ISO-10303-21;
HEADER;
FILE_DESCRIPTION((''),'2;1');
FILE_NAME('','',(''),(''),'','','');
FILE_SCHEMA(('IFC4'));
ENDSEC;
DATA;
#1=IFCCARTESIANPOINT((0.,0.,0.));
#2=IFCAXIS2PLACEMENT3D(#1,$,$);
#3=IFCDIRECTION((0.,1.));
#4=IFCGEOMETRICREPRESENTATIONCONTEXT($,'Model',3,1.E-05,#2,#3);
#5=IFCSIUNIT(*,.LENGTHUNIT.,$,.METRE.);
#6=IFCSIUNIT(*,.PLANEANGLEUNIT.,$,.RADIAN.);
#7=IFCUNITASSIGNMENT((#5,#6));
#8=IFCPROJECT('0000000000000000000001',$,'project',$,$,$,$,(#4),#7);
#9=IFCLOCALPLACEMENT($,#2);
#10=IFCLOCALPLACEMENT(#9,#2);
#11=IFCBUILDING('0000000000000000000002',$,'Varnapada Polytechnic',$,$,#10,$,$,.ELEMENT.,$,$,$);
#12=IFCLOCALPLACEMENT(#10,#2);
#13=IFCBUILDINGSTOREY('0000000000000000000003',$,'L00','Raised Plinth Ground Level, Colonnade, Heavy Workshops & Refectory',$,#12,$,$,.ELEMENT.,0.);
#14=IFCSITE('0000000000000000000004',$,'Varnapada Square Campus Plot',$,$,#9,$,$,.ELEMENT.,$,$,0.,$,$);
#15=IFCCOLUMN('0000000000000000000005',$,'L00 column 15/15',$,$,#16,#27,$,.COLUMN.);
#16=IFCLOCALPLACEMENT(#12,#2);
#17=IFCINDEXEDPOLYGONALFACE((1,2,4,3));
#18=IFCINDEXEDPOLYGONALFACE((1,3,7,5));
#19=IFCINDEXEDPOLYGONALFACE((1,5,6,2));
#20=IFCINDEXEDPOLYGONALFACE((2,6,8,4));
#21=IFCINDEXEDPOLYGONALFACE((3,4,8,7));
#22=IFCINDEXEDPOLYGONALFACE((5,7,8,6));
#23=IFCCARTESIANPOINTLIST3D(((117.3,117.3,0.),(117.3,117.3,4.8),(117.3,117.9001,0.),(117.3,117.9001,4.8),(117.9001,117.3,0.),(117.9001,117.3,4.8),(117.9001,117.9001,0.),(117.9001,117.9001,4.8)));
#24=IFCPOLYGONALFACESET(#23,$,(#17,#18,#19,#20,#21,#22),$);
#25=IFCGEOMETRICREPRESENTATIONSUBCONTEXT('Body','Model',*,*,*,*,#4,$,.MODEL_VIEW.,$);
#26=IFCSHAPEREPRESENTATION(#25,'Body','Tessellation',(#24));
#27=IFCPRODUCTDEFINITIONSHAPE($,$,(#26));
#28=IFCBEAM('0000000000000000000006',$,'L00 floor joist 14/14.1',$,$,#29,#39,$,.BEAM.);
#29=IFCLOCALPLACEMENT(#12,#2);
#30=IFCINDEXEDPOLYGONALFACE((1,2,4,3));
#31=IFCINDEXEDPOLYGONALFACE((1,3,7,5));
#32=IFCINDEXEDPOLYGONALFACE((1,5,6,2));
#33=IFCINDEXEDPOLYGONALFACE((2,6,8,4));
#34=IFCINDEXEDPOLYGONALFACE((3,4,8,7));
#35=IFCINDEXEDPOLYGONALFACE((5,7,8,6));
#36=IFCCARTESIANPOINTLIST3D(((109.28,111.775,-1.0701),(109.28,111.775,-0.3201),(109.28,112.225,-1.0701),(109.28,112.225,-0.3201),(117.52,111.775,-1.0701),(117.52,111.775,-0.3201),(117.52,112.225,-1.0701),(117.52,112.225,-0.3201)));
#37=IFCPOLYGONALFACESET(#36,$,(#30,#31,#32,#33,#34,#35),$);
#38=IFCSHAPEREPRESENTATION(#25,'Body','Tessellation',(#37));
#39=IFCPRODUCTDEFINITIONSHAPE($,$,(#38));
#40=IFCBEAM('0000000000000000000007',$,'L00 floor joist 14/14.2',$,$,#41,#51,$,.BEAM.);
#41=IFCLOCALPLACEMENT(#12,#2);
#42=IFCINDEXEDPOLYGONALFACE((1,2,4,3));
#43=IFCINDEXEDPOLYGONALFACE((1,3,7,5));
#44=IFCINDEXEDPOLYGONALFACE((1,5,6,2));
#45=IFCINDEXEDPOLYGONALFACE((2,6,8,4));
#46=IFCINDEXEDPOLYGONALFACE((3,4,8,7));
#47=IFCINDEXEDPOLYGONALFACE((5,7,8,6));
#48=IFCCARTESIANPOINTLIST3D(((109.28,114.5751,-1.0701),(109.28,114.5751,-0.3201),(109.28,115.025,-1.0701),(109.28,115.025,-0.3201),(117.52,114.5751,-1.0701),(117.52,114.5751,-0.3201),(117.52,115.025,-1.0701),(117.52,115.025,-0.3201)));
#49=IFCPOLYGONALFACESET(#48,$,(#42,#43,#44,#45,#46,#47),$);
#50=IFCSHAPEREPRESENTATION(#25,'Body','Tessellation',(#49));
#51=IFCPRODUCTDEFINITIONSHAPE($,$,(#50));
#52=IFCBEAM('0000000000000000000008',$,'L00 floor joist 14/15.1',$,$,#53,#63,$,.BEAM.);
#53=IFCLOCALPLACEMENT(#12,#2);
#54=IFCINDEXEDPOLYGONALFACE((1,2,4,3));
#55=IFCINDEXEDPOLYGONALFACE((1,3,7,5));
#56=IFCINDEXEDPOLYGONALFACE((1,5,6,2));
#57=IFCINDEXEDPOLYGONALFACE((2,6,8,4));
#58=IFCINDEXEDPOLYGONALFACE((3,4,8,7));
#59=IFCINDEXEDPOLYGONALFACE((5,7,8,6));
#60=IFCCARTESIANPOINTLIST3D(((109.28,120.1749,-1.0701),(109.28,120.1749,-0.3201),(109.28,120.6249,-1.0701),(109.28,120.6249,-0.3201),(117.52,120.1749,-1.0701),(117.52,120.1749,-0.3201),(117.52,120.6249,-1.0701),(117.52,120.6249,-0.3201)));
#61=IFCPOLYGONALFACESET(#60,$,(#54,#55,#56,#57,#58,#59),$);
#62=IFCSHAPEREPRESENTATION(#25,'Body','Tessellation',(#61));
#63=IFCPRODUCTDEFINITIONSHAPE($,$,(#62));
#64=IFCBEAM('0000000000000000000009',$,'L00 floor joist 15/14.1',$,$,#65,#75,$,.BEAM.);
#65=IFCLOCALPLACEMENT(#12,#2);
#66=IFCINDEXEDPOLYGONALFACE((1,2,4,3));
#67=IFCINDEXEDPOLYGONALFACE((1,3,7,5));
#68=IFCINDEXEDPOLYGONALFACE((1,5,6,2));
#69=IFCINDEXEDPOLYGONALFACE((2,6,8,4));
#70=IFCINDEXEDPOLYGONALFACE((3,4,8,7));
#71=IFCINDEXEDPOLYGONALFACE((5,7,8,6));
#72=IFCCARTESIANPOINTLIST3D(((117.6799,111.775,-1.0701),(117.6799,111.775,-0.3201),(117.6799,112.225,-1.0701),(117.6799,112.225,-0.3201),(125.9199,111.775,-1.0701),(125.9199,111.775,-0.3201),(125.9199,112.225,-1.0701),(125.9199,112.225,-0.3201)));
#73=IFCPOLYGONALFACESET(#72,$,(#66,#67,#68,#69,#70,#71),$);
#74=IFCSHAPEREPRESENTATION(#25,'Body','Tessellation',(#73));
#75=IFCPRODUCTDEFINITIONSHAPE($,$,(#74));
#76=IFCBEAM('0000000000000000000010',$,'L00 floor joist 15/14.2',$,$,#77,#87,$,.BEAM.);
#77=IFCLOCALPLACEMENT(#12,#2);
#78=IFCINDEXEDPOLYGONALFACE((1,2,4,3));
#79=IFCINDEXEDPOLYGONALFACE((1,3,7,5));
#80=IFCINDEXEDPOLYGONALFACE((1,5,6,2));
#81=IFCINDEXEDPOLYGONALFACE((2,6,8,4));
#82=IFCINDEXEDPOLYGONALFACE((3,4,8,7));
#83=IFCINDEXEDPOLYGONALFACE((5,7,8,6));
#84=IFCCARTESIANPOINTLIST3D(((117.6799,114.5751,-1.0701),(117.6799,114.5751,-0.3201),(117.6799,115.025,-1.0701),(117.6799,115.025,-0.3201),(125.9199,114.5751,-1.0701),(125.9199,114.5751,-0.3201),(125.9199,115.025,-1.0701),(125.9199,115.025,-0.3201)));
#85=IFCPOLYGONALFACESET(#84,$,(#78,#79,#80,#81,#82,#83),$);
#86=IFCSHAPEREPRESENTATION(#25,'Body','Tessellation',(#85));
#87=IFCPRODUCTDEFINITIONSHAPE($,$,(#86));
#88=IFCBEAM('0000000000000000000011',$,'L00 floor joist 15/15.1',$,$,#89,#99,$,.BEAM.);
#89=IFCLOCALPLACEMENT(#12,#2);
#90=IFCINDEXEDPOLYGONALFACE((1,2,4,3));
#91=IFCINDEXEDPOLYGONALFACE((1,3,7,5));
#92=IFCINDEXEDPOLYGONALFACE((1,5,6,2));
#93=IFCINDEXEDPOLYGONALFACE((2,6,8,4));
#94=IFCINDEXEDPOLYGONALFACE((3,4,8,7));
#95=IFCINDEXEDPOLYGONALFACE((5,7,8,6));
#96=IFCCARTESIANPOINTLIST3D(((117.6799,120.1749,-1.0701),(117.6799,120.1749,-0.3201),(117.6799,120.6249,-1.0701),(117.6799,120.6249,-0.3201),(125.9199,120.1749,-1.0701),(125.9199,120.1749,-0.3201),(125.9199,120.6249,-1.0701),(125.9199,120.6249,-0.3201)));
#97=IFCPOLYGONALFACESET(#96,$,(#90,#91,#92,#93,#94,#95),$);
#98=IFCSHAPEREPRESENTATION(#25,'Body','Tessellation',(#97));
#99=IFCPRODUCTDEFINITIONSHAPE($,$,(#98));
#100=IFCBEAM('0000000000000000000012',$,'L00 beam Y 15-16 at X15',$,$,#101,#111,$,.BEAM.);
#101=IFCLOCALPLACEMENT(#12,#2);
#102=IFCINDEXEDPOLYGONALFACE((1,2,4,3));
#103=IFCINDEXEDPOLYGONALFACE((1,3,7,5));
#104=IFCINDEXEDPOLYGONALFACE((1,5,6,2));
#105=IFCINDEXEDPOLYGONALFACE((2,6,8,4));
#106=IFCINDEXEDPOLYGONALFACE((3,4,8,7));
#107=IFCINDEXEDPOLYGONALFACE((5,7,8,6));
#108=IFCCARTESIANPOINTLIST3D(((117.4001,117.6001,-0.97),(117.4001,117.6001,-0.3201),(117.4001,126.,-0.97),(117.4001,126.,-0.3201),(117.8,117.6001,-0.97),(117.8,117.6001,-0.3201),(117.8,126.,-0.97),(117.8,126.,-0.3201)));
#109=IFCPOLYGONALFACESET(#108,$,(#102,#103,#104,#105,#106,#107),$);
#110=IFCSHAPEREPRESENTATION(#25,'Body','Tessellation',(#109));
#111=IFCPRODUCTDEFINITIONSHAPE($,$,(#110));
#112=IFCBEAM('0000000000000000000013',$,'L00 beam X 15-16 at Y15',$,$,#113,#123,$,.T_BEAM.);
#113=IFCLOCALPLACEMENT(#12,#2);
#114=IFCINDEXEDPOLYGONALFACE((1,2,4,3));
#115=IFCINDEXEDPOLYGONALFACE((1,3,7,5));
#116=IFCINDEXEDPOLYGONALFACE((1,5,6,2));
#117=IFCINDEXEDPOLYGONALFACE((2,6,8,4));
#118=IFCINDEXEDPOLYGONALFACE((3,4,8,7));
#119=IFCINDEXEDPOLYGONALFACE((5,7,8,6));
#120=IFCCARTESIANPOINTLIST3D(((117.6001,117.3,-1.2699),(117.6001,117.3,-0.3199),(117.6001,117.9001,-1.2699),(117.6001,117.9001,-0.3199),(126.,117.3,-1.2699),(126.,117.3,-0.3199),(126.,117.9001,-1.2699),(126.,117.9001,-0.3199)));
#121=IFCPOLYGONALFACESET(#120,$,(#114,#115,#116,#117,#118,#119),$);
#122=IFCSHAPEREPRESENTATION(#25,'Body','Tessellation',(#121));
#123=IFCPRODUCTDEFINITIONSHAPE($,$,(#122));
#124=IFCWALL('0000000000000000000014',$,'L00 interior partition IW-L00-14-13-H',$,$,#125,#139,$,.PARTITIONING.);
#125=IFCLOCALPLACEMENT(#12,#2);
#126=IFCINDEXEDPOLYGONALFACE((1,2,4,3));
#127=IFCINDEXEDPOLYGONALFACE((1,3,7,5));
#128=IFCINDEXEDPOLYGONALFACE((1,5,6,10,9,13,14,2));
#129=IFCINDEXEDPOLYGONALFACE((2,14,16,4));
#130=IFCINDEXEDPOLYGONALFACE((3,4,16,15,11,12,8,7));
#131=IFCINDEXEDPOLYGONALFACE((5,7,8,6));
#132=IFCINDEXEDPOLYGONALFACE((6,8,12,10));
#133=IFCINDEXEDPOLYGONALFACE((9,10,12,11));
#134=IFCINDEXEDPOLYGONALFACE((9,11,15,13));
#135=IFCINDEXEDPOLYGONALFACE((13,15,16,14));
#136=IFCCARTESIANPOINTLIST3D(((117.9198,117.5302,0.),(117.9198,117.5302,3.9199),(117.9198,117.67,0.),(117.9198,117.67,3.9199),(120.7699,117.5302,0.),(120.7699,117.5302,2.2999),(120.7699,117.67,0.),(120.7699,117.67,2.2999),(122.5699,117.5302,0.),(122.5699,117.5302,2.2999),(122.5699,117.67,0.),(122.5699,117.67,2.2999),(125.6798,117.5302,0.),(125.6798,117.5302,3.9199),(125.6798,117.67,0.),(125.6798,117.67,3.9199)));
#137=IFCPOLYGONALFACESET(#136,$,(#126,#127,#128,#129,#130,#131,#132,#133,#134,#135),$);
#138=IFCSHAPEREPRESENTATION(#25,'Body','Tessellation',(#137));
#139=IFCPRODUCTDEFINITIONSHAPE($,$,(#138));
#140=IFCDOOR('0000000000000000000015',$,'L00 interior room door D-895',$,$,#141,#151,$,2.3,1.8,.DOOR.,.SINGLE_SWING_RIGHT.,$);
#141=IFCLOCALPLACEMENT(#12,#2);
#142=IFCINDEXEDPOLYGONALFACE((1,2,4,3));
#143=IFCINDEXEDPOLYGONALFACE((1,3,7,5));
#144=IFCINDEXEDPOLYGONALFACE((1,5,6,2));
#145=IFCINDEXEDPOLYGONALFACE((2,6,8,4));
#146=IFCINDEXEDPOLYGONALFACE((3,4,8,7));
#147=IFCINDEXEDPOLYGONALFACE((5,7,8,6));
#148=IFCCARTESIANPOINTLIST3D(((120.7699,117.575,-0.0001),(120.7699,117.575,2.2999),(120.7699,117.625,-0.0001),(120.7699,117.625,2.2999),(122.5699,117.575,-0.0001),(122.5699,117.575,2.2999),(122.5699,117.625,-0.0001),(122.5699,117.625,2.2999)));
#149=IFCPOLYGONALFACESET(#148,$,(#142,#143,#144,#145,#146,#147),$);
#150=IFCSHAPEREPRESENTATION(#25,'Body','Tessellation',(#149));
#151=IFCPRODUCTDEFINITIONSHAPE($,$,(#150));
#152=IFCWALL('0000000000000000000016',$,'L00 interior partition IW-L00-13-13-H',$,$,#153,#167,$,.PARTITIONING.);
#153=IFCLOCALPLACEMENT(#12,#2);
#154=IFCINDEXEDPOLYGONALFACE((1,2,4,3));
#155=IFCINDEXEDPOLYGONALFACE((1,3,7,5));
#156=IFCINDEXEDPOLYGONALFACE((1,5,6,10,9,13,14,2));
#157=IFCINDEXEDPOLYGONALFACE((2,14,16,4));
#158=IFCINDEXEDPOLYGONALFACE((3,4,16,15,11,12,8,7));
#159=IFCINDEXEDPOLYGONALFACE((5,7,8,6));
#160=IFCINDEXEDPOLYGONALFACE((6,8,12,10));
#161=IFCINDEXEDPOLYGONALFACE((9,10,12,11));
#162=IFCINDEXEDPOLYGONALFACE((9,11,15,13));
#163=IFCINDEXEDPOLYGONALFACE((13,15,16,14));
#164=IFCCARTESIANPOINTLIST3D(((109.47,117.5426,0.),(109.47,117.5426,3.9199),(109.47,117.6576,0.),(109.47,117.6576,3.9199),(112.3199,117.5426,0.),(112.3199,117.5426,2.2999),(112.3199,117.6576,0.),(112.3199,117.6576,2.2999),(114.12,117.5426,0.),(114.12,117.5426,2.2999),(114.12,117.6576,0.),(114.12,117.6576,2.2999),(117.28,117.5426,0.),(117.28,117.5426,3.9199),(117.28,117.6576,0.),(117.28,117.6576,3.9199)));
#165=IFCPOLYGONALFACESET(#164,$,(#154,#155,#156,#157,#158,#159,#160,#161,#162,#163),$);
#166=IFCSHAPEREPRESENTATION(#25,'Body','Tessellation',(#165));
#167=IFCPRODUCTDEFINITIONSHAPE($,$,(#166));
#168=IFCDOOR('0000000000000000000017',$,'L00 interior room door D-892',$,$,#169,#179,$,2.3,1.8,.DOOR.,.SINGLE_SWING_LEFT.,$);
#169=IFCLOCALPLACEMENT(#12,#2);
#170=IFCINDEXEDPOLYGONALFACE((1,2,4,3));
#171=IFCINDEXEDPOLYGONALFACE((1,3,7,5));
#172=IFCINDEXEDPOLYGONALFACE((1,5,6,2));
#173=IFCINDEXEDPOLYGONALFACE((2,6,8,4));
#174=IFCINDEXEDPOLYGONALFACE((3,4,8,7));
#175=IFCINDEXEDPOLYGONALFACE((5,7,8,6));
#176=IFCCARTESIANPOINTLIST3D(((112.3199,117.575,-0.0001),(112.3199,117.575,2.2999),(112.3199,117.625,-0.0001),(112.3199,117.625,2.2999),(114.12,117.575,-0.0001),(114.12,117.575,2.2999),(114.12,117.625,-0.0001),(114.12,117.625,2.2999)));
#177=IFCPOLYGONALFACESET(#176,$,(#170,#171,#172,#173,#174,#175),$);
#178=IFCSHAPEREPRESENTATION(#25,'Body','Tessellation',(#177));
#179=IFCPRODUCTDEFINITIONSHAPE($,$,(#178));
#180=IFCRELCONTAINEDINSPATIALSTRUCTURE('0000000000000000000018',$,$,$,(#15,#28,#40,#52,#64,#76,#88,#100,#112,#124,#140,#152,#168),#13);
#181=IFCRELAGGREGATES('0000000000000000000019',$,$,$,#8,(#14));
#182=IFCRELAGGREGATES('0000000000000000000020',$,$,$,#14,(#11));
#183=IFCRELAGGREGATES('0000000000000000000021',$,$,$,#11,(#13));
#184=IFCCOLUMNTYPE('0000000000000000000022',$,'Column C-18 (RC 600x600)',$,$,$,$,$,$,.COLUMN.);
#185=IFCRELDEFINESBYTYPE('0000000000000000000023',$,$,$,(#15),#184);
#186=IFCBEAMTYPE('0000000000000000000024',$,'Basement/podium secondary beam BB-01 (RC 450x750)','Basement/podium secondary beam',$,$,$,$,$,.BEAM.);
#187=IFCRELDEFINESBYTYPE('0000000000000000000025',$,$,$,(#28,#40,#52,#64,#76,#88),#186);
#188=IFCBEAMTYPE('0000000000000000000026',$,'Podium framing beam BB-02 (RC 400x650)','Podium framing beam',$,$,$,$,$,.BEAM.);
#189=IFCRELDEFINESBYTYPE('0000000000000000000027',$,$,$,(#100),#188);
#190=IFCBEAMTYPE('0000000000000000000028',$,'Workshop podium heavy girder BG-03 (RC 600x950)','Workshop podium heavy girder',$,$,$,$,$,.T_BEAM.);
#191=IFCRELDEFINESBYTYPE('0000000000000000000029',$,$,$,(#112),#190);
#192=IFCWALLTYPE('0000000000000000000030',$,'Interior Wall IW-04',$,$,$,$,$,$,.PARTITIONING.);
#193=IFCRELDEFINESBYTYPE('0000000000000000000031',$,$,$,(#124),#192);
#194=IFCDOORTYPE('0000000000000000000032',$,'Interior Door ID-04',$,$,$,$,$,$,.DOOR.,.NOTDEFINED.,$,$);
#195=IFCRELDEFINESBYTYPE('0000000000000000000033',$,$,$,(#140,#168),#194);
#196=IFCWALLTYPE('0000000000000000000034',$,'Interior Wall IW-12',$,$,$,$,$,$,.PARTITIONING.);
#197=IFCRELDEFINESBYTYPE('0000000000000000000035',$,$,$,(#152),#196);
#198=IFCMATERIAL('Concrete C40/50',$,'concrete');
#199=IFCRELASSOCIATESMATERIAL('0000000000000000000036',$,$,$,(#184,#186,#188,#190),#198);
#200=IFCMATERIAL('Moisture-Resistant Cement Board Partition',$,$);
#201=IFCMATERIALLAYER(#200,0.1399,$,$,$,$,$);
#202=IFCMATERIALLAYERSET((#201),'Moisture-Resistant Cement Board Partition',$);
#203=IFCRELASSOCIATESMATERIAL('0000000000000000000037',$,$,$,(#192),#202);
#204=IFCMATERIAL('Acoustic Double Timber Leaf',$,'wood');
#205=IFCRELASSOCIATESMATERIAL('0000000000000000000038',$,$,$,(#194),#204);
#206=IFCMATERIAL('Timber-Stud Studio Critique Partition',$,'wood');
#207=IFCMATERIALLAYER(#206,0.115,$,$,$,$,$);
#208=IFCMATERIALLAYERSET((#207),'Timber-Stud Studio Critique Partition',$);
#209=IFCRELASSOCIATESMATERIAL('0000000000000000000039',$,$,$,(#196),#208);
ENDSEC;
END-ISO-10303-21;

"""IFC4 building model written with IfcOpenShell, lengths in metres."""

from ifc_helpers import new_model, si_unit, direction, frame, frame_2d, origin, origin_2d, place, context, subcontext, project, spatial, rectangle, extrude, material, layer, layer_set, material_profile, profile_set, type_object, element, fill, save


model = new_model("IFC4")

# Units and contexts
model_context = context("Model", 3, precision=1e-05, world=origin(), true_north=direction((0.0, 1.0)))
body_context = subcontext(model_context, "Body", "Model", "MODEL_VIEW")
ifc_project = project(units=[si_unit("LENGTHUNIT", "METRE"), si_unit("PLANEANGLEUNIT", "RADIAN")], contexts=[model_context])

# Site, building, storey
site_placement = place(None, origin())
site = spatial("IfcSite", under=ifc_project, at=site_placement, Name="Varnapada Square Campus Plot", CompositionType="ELEMENT", RefElevation=0.0)
building_placement = place(site_placement, origin())
building = spatial("IfcBuilding", under=site, at=building_placement, Name="Varnapada Polytechnic", CompositionType="ELEMENT")
storey_placement = place(building_placement, origin())
storey = spatial("IfcBuildingStorey", under=building, at=storey_placement, Name="L00", Description="Raised Plinth Ground Level, Colonnade, Heavy Workshops & Refectory", CompositionType="ELEMENT", Elevation=0.0)

# Column
ifc_material_1 = material(Name="Concrete C40/50", Category="concrete")
ifc_material_profile_1 = material_profile(ifc_material_1, rectangle(XDim=0.6001, YDim=0.6001, at=origin_2d()), Name="RC 600x600")
ifc_profile_set_1 = profile_set([ifc_material_profile_1], Name="Concrete C40/50")
column_type = type_object("IfcColumnType", Name="Column C-18 (RC 600x600)", PredefinedType="COLUMN", material=ifc_profile_set_1)
column_placement = place(storey_placement, frame((117.6001, 117.6001, 0.0), z_axis=(0.0, 0.0, 1.0), x_axis=(1.0, 0.0, 0.0)))
element("IfcColumn", 1, at=column_placement, inside=storey, type_object=column_type, Name="L00 column 15/15", PredefinedType="COLUMN", context=body_context, shape_type="SweptSolid", body=[
    extrude(rectangle(XDim=0.6001, YDim=0.6001, at=origin_2d()), origin(), (0.0, 0.0, 1.0), 4.8),
])

# Beams
ifc_material_profile_2 = material_profile(ifc_material_1, rectangle(XDim=0.45, YDim=0.75, at=origin_2d()), Name="RC 450x750")
ifc_profile_set_2 = profile_set([ifc_material_profile_2], Name="Concrete C40/50")
beam_type_1 = type_object("IfcBeamType", Name="Basement/podium secondary beam BB-01 (RC 450x750)", Description="Basement/podium secondary beam", PredefinedType="BEAM", material=ifc_profile_set_2)
for number, where, z_axis, x_axis, name in (
    (2, (109.28, 112.0, -0.6951), (1.0, 0.0, 0.0), (0.0, 1.0, 0.0), "L00 floor joist 14/14.1"),
    (3, (109.28, 114.8, -0.6951), (1.0, 0.0, 0.0), (0.0, 1.0, 0.0), "L00 floor joist 14/14.2"),
    (4, (109.28, 120.3999, -0.6951), (1.0, 0.0, 0.0), (0.0, 1.0, 0.0), "L00 floor joist 14/15.1"),
    (5, (117.6799, 112.0, -0.6951), (1.0, 0.0, 0.0), (0.0, 1.0, 0.0), "L00 floor joist 15/14.1"),
    (6, (117.6799, 114.8, -0.6951), (1.0, 0.0, 0.0), (0.0, 1.0, 0.0), "L00 floor joist 15/14.2"),
    (7, (117.6799, 120.3999, -0.6951), (1.0, 0.0, 0.0), (0.0, 1.0, 0.0), "L00 floor joist 15/15.1"),
):
    element("IfcBeam", number, at=place(storey_placement, frame(where, z_axis=z_axis, x_axis=x_axis)), inside=storey, type_object=beam_type_1, Name=name, PredefinedType="BEAM", context=body_context, shape_type="SweptSolid", body=[
        extrude(rectangle(XDim=0.45, YDim=0.75, at=origin_2d()), origin(), (0.0, 0.0, 1.0), 8.24),
    ])
ifc_material_profile_3 = material_profile(ifc_material_1, rectangle(XDim=0.3999, YDim=0.6499, at=origin_2d()), Name="RC 400x650")
ifc_profile_set_3 = profile_set([ifc_material_profile_3], Name="Concrete C40/50")
beam_type_2 = type_object("IfcBeamType", Name="Podium framing beam BB-02 (RC 400x650)", Description="Podium framing beam", PredefinedType="BEAM", material=ifc_profile_set_3)
beam_1_placement = place(storey_placement, frame((117.6001, 117.6001, -0.645), z_axis=(0.0, 1.0, 0.0), x_axis=(-1.0, 0.0, 0.0)))
element("IfcBeam", 8, at=beam_1_placement, inside=storey, type_object=beam_type_2, Name="L00 beam Y 15-16 at X15", PredefinedType="BEAM", context=body_context, shape_type="SweptSolid", body=[
    extrude(rectangle(XDim=0.3999, YDim=0.6499, at=origin_2d()), origin(), (0.0, 0.0, 1.0), 8.3999),
])
ifc_material_profile_4 = material_profile(ifc_material_1, rectangle(XDim=0.6001, YDim=0.95, at=origin_2d()), Name="RC 600x950")
ifc_profile_set_4 = profile_set([ifc_material_profile_4], Name="Concrete C40/50")
beam_type_3 = type_object("IfcBeamType", Name="Workshop podium heavy girder BG-03 (RC 600x950)", Description="Workshop podium heavy girder", PredefinedType="T_BEAM", material=ifc_profile_set_4)
beam_2_placement = place(storey_placement, frame((117.6001, 117.6001, -0.7949), z_axis=(1.0, 0.0, 0.0), x_axis=(0.0, 1.0, 0.0)))
element("IfcBeam", 9, at=beam_2_placement, inside=storey, type_object=beam_type_3, Name="L00 beam X 15-16 at Y15", PredefinedType="T_BEAM", context=body_context, shape_type="SweptSolid", body=[
    extrude(rectangle(XDim=0.6001, YDim=0.95, at=origin_2d()), origin(), (0.0, 0.0, 1.0), 8.3999),
])

# Walls, openings, doors
ifc_material_2 = material(Name="Moisture-Resistant Cement Board Partition")
ifc_layer_1 = layer(ifc_material_2, 0.1399)
ifc_layer_set_1 = layer_set([ifc_layer_1], Name="Moisture-Resistant Cement Board Partition")
wall_type_1 = type_object("IfcWallType", Name="Interior Wall IW-04", PredefinedType="PARTITIONING", material=ifc_layer_set_1)
wall_1_placement = place(storey_placement, frame((117.9199, 117.6001, 0.0), z_axis=(0.0, 0.0, 1.0), x_axis=(1.0, 0.0, 0.0)))
wall_1 = element("IfcWall", 10, at=wall_1_placement, inside=storey, type_object=wall_type_1, Name="L00 interior partition IW-L00-14-13-H", PredefinedType="PARTITIONING", context=body_context, shape_type="SweptSolid", body=[
    extrude(rectangle(XDim=7.76, YDim=0.1399, at=frame_2d((3.8799, 0.0))), origin(), (0.0, 0.0, 1.0), 3.9199),
])
opening_1_placement = place(wall_1_placement, frame((2.8501, 0.0, 0.0)))
opening_1 = element("IfcOpeningElement", 11, at=opening_1_placement, cuts=wall_1, PredefinedType="OPENING", context=body_context, shape_type="SweptSolid", body=[
    extrude(rectangle(XDim=1.8, YDim=2.3, at=frame_2d((0.8999, 1.1499))), frame((0.0, 0.0798, 0.0), z_axis=(0.0, -1.0, 0.0), x_axis=(1.0, 0.0, 0.0)), (0.0, 0.0, 1.0), 0.1599),
])
ifc_material_3 = material(Name="Acoustic Double Timber Leaf", Category="wood")
door_type = type_object("IfcDoorType", Name="Interior Door ID-04", OperationType="NOTDEFINED", PredefinedType="DOOR", material=ifc_material_3)
door_1_placement = place(opening_1_placement, origin())
door_1 = element("IfcDoor", 12, at=door_1_placement, inside=storey, type_object=door_type, Name="L00 interior room door D-895", OperationType="SINGLE_SWING_RIGHT", OverallHeight=2.3, OverallWidth=1.8, PredefinedType="DOOR", context=body_context, shape_type="SweptSolid", body=[
    extrude(rectangle(XDim=1.8, YDim=2.3, at=frame_2d((0.8999, 1.1499))), frame((0.0, 0.0249, 0.0), z_axis=(0.0, -1.0, 0.0), x_axis=(1.0, 0.0, 0.0)), (0.0, 0.0, 1.0), 0.05),
])
fill(opening_1, door_1)
ifc_material_4 = material(Name="Timber-Stud Studio Critique Partition", Category="wood")
ifc_layer_2 = layer(ifc_material_4, 0.115)
ifc_layer_set_2 = layer_set([ifc_layer_2], Name="Timber-Stud Studio Critique Partition")
wall_type_2 = type_object("IfcWallType", Name="Interior Wall IW-12", PredefinedType="PARTITIONING", material=ifc_layer_set_2)
wall_2_placement = place(storey_placement, frame((109.47, 117.6001, 0.0), z_axis=(0.0, 0.0, 1.0), x_axis=(1.0, 0.0, 0.0)))
wall_2 = element("IfcWall", 13, at=wall_2_placement, inside=storey, type_object=wall_type_2, Name="L00 interior partition IW-L00-13-13-H", PredefinedType="PARTITIONING", context=body_context, shape_type="SweptSolid", body=[
    extrude(rectangle(XDim=7.8101, YDim=0.115, at=frame_2d((3.905, 0.0))), origin(), (0.0, 0.0, 1.0), 3.9199),
])
opening_2_placement = place(wall_2_placement, frame((2.8501, 0.0, 0.0)))
opening_2 = element("IfcOpeningElement", 14, at=opening_2_placement, cuts=wall_2, PredefinedType="OPENING", context=body_context, shape_type="SweptSolid", body=[
    extrude(rectangle(XDim=1.8, YDim=2.3, at=frame_2d((0.8999, 1.1499))), frame((0.0, 0.0674, 0.0), z_axis=(0.0, -1.0, 0.0), x_axis=(1.0, 0.0, 0.0)), (0.0, 0.0, 1.0), 0.135),
])
door_2_placement = place(opening_2_placement, origin())
door_2 = element("IfcDoor", 15, at=door_2_placement, inside=storey, type_object=door_type, Name="L00 interior room door D-892", OperationType="SINGLE_SWING_LEFT", OverallHeight=2.3, OverallWidth=1.8, PredefinedType="DOOR", context=body_context, shape_type="SweptSolid", body=[
    extrude(rectangle(XDim=1.8, YDim=2.3, at=frame_2d((0.8999, 1.1499))), frame((0.0, 0.0249, 0.0), z_axis=(0.0, -1.0, 0.0), x_axis=(1.0, 0.0, 0.0)), (0.0, 0.0, 1.0), 0.05),
])
fill(opening_2, door_2)

save(model, "model.ifc")
